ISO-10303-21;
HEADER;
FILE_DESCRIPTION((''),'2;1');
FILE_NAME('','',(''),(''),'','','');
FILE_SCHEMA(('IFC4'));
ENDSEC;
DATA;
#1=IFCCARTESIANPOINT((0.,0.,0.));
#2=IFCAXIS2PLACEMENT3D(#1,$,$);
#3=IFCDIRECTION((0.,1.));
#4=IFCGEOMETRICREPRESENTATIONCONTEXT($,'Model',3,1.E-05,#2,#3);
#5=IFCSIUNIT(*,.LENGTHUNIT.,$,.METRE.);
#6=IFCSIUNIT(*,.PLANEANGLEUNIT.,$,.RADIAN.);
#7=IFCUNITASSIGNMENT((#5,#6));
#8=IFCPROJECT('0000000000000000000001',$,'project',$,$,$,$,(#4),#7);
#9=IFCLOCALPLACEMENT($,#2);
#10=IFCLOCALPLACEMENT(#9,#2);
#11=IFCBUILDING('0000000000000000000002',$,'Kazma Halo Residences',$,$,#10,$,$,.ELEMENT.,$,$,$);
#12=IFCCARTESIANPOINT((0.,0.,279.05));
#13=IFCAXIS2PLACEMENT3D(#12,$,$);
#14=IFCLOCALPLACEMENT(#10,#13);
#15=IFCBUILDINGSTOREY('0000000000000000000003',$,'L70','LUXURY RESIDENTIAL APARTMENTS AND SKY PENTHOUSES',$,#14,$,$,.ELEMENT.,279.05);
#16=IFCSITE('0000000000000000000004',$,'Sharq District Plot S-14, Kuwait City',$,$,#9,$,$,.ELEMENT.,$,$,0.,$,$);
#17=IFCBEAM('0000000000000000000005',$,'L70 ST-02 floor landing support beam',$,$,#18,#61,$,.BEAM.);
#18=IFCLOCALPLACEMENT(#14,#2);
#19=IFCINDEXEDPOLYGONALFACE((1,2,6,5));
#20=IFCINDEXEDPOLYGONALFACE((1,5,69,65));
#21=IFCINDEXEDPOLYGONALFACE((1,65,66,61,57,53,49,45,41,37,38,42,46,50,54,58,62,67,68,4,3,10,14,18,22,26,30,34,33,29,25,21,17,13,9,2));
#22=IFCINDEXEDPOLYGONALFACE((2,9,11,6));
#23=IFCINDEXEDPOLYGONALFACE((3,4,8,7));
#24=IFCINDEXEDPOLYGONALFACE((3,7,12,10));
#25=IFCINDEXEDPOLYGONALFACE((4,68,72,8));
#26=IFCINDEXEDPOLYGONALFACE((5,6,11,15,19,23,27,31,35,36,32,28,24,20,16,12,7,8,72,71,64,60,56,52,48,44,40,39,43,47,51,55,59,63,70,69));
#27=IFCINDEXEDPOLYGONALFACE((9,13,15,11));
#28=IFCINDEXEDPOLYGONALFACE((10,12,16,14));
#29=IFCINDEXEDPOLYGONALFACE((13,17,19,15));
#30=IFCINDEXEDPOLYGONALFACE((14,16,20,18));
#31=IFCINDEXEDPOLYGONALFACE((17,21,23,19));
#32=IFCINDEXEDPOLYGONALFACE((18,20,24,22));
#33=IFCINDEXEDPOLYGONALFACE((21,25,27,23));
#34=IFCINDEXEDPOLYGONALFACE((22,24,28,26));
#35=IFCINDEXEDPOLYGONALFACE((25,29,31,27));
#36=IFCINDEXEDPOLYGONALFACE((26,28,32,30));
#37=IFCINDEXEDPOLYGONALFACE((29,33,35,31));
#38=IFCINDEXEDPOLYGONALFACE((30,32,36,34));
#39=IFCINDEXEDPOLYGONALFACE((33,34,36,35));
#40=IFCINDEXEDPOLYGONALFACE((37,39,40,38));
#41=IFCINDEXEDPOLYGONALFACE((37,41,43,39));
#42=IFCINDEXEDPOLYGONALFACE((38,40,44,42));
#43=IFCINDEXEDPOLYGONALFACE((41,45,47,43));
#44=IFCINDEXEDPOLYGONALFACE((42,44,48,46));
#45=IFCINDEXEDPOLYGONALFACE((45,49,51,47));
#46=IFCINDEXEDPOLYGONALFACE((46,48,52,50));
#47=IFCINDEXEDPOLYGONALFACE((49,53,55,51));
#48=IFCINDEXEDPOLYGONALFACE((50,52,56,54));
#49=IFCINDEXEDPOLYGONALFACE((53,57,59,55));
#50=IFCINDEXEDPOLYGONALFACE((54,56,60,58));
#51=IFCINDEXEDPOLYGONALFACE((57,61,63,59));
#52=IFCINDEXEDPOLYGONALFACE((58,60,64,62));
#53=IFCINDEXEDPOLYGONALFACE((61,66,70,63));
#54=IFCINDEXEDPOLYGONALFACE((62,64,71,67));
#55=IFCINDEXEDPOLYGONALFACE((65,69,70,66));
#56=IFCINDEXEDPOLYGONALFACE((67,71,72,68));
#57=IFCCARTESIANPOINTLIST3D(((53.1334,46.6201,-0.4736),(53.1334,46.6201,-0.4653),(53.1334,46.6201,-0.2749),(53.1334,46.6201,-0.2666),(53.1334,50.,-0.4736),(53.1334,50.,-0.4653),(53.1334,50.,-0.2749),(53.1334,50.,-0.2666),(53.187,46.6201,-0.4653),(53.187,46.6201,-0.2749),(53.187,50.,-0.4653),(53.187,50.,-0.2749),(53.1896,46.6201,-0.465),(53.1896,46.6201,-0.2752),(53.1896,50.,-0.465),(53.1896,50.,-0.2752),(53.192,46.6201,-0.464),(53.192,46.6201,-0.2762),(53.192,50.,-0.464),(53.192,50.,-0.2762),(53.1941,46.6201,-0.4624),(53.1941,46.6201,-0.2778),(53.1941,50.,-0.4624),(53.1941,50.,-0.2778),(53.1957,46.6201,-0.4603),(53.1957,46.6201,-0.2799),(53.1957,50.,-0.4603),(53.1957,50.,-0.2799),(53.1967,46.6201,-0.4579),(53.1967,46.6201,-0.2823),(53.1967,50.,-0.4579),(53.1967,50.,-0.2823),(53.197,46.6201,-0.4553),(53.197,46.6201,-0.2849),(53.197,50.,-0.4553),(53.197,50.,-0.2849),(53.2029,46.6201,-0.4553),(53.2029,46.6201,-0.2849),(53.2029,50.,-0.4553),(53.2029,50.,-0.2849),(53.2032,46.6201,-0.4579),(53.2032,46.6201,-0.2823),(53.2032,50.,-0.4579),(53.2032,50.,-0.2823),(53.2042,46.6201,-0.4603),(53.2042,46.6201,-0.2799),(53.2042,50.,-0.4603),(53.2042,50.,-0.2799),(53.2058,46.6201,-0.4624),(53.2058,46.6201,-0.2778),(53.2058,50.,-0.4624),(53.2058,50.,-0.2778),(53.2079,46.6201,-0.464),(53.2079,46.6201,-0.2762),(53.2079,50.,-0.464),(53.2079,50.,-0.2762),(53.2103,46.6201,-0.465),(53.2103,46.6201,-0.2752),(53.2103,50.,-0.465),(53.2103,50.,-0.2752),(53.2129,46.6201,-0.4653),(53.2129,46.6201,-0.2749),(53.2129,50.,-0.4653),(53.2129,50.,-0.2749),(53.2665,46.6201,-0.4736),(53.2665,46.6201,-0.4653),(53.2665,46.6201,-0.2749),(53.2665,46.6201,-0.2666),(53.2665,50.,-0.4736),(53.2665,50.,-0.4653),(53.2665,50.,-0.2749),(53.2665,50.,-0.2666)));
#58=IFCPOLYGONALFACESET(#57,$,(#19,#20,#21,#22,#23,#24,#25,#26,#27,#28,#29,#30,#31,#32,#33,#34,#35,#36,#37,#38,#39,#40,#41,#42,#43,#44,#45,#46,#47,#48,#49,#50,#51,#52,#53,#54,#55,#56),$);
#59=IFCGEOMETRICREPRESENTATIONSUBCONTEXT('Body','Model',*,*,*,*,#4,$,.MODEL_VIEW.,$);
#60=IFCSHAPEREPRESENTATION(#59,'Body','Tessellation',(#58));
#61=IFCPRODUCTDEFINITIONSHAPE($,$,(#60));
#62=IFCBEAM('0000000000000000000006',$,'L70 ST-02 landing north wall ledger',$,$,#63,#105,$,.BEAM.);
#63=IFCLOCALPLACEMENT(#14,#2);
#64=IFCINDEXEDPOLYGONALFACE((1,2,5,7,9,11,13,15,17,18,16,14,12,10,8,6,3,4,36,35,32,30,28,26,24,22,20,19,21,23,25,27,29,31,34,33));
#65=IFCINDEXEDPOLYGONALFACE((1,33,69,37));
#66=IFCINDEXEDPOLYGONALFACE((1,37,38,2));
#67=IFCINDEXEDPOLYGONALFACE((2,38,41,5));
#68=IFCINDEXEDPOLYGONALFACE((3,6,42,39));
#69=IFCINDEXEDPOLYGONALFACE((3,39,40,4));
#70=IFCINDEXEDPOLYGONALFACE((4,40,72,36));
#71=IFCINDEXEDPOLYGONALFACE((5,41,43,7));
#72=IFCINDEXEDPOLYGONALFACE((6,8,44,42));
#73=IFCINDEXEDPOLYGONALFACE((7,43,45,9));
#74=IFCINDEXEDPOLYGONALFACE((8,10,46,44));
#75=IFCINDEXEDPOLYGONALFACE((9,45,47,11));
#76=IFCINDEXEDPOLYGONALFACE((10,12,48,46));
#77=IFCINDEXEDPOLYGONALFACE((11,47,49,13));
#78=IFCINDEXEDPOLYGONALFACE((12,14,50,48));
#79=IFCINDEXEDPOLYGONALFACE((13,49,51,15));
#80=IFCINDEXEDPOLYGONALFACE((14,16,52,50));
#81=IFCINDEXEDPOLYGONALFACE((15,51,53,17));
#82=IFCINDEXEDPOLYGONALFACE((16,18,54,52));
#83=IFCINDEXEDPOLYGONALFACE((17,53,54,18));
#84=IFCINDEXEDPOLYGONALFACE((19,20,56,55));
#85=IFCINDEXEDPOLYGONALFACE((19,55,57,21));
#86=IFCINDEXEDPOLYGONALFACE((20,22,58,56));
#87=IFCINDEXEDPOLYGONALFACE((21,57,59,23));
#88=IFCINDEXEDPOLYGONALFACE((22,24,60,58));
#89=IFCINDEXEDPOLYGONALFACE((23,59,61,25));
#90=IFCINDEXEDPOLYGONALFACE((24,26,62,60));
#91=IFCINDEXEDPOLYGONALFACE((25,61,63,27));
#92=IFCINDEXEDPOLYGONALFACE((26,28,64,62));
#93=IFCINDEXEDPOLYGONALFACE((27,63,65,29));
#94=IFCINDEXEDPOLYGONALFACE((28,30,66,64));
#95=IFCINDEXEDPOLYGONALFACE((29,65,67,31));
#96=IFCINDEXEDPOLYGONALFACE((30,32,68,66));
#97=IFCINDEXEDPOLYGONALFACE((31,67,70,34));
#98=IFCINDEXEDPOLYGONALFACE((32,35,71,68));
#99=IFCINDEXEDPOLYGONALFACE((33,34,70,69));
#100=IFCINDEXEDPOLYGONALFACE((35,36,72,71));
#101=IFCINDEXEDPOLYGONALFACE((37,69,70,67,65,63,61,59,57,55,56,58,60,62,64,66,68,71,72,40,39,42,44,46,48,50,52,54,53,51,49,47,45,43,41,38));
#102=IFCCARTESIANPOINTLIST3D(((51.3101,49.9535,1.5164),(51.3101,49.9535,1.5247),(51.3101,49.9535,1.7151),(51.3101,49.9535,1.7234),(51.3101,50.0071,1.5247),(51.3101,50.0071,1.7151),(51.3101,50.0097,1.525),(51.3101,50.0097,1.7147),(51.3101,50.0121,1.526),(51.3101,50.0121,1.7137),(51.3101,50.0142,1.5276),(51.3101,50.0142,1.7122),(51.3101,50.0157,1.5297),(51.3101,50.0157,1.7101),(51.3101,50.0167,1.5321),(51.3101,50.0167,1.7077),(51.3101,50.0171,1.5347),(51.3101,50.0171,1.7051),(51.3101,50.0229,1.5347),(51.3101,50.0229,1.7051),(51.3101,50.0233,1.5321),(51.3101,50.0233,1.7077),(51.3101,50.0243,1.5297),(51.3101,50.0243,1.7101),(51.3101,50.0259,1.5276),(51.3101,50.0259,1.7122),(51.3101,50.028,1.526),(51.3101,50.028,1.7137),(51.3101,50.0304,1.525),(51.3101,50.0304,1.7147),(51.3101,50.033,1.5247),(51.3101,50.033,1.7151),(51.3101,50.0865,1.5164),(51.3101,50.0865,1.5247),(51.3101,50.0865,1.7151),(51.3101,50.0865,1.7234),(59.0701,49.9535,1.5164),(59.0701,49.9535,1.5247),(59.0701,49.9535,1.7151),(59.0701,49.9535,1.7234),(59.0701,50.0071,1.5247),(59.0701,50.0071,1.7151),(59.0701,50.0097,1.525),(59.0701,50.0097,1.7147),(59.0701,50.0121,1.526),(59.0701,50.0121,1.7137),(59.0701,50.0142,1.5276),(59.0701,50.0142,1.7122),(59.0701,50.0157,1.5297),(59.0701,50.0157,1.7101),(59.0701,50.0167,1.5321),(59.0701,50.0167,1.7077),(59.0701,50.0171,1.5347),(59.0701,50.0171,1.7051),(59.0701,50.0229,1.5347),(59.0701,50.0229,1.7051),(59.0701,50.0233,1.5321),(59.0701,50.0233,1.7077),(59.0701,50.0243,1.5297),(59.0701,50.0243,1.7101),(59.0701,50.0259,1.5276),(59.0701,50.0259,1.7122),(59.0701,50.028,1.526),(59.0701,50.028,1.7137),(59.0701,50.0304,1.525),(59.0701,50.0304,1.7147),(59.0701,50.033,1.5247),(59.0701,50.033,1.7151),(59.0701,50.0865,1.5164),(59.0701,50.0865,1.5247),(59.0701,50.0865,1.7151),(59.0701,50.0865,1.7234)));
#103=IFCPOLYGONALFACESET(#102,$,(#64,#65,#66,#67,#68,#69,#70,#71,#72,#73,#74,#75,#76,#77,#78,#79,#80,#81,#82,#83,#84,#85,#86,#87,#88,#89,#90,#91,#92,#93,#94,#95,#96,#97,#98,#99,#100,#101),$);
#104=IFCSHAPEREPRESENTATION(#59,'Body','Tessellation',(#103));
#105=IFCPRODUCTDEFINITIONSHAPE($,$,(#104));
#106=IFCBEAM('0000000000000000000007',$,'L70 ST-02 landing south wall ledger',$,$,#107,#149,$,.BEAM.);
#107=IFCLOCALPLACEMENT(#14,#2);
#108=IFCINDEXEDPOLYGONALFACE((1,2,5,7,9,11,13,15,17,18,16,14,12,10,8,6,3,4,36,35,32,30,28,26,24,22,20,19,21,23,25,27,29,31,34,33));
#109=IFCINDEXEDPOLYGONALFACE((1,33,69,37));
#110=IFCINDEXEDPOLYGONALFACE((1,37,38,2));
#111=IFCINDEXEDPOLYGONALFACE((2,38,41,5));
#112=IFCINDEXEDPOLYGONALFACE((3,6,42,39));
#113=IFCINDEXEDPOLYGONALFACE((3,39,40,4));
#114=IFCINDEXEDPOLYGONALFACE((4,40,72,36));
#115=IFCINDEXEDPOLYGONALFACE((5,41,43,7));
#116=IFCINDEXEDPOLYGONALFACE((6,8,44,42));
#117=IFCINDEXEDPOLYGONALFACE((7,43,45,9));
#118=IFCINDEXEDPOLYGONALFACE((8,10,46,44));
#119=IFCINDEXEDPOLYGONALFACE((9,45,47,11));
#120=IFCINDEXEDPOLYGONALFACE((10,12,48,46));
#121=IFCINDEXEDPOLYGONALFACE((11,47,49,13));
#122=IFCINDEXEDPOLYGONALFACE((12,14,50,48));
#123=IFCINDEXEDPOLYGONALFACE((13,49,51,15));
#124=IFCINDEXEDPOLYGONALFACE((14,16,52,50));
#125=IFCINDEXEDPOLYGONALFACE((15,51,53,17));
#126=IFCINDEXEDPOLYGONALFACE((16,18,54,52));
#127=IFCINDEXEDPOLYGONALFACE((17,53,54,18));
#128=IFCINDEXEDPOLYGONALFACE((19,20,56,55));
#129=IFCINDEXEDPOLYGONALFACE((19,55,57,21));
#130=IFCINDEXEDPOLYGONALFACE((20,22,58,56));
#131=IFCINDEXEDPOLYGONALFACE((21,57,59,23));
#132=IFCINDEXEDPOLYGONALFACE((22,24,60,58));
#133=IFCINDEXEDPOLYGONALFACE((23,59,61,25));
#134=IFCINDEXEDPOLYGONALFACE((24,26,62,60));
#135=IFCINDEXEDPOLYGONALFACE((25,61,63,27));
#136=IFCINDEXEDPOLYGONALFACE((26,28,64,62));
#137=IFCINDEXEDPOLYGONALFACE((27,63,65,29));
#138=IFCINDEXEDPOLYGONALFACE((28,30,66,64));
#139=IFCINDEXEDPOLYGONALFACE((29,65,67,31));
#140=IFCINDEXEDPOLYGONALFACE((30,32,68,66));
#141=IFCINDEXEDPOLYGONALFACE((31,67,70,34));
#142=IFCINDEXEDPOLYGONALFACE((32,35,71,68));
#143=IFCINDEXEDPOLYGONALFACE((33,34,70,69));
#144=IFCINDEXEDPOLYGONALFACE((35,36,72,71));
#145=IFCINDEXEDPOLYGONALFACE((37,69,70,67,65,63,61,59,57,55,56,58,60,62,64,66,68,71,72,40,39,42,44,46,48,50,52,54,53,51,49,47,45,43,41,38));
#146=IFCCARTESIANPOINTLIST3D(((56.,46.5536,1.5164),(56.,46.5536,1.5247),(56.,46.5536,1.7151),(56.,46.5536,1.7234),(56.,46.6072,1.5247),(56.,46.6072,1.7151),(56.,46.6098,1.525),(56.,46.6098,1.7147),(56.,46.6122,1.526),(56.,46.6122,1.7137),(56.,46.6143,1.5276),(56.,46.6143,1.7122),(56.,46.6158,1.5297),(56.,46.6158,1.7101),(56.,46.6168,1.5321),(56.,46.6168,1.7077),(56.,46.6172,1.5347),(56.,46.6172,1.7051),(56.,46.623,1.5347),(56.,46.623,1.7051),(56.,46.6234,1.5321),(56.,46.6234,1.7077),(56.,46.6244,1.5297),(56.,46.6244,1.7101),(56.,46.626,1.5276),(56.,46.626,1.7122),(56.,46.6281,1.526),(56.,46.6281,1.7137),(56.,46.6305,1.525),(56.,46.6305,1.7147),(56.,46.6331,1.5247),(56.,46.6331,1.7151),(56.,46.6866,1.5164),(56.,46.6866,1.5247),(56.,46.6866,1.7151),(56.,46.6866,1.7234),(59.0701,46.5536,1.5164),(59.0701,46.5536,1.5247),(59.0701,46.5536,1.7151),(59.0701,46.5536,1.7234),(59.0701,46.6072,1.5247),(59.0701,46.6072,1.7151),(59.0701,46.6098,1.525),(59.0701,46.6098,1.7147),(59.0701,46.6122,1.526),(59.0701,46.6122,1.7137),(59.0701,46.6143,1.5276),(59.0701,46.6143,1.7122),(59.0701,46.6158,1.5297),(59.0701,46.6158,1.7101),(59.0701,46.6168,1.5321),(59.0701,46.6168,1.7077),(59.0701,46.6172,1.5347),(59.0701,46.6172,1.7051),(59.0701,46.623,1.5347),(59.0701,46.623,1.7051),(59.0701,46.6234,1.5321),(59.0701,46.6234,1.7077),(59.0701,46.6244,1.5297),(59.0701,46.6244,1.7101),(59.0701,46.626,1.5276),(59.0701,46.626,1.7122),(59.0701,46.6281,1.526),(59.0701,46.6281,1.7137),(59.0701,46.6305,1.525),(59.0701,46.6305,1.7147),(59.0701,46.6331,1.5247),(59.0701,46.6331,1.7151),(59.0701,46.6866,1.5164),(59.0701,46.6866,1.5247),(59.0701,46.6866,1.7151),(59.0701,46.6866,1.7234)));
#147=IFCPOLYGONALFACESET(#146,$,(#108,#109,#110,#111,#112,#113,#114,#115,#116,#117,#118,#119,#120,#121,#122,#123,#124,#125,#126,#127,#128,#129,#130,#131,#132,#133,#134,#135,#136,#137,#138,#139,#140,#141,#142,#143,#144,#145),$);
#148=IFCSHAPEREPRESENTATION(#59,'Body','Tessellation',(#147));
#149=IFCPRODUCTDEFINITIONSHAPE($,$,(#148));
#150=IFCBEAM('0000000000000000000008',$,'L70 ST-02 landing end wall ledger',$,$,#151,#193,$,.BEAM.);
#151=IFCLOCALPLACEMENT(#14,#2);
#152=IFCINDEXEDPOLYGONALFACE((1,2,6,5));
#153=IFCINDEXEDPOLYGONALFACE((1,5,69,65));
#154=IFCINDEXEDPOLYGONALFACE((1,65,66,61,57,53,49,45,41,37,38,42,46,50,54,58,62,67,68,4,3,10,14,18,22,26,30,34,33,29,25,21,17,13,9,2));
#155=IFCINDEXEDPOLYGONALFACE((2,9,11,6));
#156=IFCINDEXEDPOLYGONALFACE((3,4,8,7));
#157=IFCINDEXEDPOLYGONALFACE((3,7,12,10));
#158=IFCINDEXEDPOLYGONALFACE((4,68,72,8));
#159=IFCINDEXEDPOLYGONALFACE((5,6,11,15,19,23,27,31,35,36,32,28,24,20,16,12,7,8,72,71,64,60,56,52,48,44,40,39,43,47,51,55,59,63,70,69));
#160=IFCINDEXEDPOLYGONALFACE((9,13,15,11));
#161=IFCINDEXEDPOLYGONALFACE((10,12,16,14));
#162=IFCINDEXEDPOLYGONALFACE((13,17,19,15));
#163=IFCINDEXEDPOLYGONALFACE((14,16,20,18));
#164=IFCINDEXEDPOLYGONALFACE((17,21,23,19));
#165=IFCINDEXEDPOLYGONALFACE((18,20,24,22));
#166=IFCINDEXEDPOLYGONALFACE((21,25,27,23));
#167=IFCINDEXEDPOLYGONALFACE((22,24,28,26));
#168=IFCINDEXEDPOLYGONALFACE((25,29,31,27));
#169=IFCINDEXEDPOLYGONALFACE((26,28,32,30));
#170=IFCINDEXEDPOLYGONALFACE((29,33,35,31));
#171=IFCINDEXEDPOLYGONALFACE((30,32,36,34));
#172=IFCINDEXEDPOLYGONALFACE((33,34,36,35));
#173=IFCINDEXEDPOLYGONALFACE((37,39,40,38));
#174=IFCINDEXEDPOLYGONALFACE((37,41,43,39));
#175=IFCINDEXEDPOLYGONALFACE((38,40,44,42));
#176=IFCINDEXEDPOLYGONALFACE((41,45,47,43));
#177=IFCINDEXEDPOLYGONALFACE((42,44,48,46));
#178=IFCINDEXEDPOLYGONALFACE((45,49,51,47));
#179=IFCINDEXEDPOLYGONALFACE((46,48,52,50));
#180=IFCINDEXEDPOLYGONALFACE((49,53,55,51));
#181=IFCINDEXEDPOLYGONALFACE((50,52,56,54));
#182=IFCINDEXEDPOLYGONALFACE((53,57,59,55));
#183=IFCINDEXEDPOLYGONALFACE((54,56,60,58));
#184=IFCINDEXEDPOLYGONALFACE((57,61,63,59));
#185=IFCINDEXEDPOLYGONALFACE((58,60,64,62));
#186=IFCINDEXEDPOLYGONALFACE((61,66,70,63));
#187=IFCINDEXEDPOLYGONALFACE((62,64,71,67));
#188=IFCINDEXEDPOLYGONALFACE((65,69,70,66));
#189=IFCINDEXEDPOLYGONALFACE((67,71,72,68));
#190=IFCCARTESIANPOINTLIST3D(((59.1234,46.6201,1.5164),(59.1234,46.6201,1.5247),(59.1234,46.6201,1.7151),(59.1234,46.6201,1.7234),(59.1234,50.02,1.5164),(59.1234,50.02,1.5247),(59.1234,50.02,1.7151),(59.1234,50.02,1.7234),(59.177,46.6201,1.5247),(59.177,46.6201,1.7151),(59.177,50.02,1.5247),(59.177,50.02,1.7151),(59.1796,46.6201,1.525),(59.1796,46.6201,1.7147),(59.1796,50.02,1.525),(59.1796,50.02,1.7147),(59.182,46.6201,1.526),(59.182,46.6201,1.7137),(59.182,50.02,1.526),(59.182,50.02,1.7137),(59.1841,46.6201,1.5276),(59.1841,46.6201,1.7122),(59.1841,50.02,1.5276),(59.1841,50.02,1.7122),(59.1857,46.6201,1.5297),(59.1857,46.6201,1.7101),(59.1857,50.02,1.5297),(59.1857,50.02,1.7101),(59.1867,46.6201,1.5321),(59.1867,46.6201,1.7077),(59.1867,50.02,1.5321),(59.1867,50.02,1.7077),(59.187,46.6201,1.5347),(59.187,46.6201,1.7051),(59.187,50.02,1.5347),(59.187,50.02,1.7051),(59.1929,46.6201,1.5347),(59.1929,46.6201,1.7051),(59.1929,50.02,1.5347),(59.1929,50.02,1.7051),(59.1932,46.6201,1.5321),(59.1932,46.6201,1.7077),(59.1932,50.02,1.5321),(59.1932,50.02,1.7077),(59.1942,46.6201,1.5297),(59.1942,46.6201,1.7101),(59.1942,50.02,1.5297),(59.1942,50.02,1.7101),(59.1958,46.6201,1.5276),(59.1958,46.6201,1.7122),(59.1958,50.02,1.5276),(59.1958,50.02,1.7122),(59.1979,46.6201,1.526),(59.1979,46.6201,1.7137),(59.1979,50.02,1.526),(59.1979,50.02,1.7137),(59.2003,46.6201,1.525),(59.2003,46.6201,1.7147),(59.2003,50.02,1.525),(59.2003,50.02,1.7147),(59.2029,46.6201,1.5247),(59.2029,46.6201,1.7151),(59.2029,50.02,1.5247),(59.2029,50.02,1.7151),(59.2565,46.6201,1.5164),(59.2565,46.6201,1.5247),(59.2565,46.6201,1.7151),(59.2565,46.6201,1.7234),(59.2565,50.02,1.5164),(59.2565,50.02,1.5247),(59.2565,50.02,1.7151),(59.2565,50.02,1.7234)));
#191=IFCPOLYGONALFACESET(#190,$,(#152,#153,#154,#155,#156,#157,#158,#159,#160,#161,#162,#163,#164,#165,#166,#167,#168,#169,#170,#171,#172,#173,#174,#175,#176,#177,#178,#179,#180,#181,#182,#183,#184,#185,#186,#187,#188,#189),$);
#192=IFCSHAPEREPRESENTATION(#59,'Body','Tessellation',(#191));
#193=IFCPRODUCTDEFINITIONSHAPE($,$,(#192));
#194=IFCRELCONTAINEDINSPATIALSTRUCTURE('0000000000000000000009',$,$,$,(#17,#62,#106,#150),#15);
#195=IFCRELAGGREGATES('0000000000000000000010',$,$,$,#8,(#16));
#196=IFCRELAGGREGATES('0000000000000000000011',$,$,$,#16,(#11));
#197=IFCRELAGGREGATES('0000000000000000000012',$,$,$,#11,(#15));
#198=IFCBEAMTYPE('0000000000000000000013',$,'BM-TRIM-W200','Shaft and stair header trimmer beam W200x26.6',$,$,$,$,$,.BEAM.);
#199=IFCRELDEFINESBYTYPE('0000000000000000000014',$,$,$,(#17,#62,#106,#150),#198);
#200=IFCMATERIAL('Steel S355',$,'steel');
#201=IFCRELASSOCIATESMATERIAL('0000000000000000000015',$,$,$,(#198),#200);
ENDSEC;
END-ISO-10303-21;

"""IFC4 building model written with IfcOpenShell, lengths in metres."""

from ifc_helpers import new_model, si_unit, direction, frame, origin, origin_2d, place, context, subcontext, project, spatial, i_section, extrude, material, material_profile, profile_set, type_object, element, save


model = new_model("IFC4")

# Units and contexts
model_context = context("Model", 3, precision=1e-05, world=origin(), true_north=direction((0.0, 1.0)))
body_context = subcontext(model_context, "Body", "Model", "MODEL_VIEW")
ifc_project = project(units=[si_unit("LENGTHUNIT", "METRE"), si_unit("PLANEANGLEUNIT", "RADIAN")], contexts=[model_context])

# Site, building, storey
site_placement = place(None, origin())
site = spatial("IfcSite", under=ifc_project, at=site_placement, Name="Sharq District Plot S-14, Kuwait City", CompositionType="ELEMENT", RefElevation=0.0)
building_placement = place(site_placement, origin())
building = spatial("IfcBuilding", under=site, at=building_placement, Name="Kazma Halo Residences", CompositionType="ELEMENT")
storey_placement = place(building_placement, frame((0.0, 0.0, 279.05)))
storey = spatial("IfcBuildingStorey", under=building, at=storey_placement, Name="L70", Description="LUXURY RESIDENTIAL APARTMENTS AND SKY PENTHOUSES", CompositionType="ELEMENT", Elevation=279.05)

# Shared definitions
ifc_material_1 = material(Name="Steel S355", Category="steel")

# Beams
ifc_material_profile_1 = material_profile(ifc_material_1, i_section(OverallWidth=0.1331, OverallDepth=0.207, WebThickness=0.0059, FlangeThickness=0.0083, FilletRadius=0.01, at=origin_2d()), Name="W200x26.6")
ifc_profile_set_1 = profile_set([ifc_material_profile_1], Name="Steel S355")
beam_type_1 = type_object("IfcBeamType", Name="BM-TRIM-W200", Description="Shaft and stair header trimmer beam W200x26.6", PredefinedType="BEAM", material=ifc_profile_set_1)
beam_1_placement = place(storey_placement, frame((53.2, 46.6201, -0.3701), z_axis=(0.0, 1.0, 0.0), x_axis=(-1.0, 0.0, 0.0)))
element("IfcBeam", 1, at=beam_1_placement, inside=storey, type_object=beam_type_1, Name="L70 ST-02 floor landing support beam", PredefinedType="BEAM", context=body_context, shape_type="SweptSolid", body=[
    extrude(i_section(OverallWidth=0.1331, OverallDepth=0.207, WebThickness=0.0059, FlangeThickness=0.0083, FilletRadius=0.01, at=origin_2d()), origin(), (0.0, 0.0, 1.0), 3.3799),
])
beam_2_placement = place(storey_placement, frame((51.3101, 50.02, 1.6199), z_axis=(1.0, 0.0, 0.0), x_axis=(0.0, 1.0, 0.0)))
element("IfcBeam", 2, at=beam_2_placement, inside=storey, type_object=beam_type_1, Name="L70 ST-02 landing north wall ledger", PredefinedType="BEAM", context=body_context, shape_type="SweptSolid", body=[
    extrude(i_section(OverallWidth=0.1331, OverallDepth=0.207, WebThickness=0.0059, FlangeThickness=0.0083, FilletRadius=0.01, at=origin_2d()), origin(), (0.0, 0.0, 1.0), 7.76),
])
beam_3_placement = place(storey_placement, frame((56.0, 46.6201, 1.6199), z_axis=(1.0, 0.0, 0.0), x_axis=(0.0, 1.0, 0.0)))
element("IfcBeam", 3, at=beam_3_placement, inside=storey, type_object=beam_type_1, Name="L70 ST-02 landing south wall ledger", PredefinedType="BEAM", context=body_context, shape_type="SweptSolid", body=[
    extrude(i_section(OverallWidth=0.1331, OverallDepth=0.207, WebThickness=0.0059, FlangeThickness=0.0083, FilletRadius=0.01, at=origin_2d()), origin(), (0.0, 0.0, 1.0), 3.0701),
])
beam_4_placement = place(storey_placement, frame((59.1899, 46.6201, 1.6199), z_axis=(0.0, 1.0, 0.0), x_axis=(-1.0, 0.0, 0.0)))
element("IfcBeam", 4, at=beam_4_placement, inside=storey, type_object=beam_type_1, Name="L70 ST-02 landing end wall ledger", PredefinedType="BEAM", context=body_context, shape_type="SweptSolid", body=[
    extrude(i_section(OverallWidth=0.1331, OverallDepth=0.207, WebThickness=0.0059, FlangeThickness=0.0083, FilletRadius=0.01, at=origin_2d()), origin(), (0.0, 0.0, 1.0), 3.3999),
])

save(model, "model.ifc")
